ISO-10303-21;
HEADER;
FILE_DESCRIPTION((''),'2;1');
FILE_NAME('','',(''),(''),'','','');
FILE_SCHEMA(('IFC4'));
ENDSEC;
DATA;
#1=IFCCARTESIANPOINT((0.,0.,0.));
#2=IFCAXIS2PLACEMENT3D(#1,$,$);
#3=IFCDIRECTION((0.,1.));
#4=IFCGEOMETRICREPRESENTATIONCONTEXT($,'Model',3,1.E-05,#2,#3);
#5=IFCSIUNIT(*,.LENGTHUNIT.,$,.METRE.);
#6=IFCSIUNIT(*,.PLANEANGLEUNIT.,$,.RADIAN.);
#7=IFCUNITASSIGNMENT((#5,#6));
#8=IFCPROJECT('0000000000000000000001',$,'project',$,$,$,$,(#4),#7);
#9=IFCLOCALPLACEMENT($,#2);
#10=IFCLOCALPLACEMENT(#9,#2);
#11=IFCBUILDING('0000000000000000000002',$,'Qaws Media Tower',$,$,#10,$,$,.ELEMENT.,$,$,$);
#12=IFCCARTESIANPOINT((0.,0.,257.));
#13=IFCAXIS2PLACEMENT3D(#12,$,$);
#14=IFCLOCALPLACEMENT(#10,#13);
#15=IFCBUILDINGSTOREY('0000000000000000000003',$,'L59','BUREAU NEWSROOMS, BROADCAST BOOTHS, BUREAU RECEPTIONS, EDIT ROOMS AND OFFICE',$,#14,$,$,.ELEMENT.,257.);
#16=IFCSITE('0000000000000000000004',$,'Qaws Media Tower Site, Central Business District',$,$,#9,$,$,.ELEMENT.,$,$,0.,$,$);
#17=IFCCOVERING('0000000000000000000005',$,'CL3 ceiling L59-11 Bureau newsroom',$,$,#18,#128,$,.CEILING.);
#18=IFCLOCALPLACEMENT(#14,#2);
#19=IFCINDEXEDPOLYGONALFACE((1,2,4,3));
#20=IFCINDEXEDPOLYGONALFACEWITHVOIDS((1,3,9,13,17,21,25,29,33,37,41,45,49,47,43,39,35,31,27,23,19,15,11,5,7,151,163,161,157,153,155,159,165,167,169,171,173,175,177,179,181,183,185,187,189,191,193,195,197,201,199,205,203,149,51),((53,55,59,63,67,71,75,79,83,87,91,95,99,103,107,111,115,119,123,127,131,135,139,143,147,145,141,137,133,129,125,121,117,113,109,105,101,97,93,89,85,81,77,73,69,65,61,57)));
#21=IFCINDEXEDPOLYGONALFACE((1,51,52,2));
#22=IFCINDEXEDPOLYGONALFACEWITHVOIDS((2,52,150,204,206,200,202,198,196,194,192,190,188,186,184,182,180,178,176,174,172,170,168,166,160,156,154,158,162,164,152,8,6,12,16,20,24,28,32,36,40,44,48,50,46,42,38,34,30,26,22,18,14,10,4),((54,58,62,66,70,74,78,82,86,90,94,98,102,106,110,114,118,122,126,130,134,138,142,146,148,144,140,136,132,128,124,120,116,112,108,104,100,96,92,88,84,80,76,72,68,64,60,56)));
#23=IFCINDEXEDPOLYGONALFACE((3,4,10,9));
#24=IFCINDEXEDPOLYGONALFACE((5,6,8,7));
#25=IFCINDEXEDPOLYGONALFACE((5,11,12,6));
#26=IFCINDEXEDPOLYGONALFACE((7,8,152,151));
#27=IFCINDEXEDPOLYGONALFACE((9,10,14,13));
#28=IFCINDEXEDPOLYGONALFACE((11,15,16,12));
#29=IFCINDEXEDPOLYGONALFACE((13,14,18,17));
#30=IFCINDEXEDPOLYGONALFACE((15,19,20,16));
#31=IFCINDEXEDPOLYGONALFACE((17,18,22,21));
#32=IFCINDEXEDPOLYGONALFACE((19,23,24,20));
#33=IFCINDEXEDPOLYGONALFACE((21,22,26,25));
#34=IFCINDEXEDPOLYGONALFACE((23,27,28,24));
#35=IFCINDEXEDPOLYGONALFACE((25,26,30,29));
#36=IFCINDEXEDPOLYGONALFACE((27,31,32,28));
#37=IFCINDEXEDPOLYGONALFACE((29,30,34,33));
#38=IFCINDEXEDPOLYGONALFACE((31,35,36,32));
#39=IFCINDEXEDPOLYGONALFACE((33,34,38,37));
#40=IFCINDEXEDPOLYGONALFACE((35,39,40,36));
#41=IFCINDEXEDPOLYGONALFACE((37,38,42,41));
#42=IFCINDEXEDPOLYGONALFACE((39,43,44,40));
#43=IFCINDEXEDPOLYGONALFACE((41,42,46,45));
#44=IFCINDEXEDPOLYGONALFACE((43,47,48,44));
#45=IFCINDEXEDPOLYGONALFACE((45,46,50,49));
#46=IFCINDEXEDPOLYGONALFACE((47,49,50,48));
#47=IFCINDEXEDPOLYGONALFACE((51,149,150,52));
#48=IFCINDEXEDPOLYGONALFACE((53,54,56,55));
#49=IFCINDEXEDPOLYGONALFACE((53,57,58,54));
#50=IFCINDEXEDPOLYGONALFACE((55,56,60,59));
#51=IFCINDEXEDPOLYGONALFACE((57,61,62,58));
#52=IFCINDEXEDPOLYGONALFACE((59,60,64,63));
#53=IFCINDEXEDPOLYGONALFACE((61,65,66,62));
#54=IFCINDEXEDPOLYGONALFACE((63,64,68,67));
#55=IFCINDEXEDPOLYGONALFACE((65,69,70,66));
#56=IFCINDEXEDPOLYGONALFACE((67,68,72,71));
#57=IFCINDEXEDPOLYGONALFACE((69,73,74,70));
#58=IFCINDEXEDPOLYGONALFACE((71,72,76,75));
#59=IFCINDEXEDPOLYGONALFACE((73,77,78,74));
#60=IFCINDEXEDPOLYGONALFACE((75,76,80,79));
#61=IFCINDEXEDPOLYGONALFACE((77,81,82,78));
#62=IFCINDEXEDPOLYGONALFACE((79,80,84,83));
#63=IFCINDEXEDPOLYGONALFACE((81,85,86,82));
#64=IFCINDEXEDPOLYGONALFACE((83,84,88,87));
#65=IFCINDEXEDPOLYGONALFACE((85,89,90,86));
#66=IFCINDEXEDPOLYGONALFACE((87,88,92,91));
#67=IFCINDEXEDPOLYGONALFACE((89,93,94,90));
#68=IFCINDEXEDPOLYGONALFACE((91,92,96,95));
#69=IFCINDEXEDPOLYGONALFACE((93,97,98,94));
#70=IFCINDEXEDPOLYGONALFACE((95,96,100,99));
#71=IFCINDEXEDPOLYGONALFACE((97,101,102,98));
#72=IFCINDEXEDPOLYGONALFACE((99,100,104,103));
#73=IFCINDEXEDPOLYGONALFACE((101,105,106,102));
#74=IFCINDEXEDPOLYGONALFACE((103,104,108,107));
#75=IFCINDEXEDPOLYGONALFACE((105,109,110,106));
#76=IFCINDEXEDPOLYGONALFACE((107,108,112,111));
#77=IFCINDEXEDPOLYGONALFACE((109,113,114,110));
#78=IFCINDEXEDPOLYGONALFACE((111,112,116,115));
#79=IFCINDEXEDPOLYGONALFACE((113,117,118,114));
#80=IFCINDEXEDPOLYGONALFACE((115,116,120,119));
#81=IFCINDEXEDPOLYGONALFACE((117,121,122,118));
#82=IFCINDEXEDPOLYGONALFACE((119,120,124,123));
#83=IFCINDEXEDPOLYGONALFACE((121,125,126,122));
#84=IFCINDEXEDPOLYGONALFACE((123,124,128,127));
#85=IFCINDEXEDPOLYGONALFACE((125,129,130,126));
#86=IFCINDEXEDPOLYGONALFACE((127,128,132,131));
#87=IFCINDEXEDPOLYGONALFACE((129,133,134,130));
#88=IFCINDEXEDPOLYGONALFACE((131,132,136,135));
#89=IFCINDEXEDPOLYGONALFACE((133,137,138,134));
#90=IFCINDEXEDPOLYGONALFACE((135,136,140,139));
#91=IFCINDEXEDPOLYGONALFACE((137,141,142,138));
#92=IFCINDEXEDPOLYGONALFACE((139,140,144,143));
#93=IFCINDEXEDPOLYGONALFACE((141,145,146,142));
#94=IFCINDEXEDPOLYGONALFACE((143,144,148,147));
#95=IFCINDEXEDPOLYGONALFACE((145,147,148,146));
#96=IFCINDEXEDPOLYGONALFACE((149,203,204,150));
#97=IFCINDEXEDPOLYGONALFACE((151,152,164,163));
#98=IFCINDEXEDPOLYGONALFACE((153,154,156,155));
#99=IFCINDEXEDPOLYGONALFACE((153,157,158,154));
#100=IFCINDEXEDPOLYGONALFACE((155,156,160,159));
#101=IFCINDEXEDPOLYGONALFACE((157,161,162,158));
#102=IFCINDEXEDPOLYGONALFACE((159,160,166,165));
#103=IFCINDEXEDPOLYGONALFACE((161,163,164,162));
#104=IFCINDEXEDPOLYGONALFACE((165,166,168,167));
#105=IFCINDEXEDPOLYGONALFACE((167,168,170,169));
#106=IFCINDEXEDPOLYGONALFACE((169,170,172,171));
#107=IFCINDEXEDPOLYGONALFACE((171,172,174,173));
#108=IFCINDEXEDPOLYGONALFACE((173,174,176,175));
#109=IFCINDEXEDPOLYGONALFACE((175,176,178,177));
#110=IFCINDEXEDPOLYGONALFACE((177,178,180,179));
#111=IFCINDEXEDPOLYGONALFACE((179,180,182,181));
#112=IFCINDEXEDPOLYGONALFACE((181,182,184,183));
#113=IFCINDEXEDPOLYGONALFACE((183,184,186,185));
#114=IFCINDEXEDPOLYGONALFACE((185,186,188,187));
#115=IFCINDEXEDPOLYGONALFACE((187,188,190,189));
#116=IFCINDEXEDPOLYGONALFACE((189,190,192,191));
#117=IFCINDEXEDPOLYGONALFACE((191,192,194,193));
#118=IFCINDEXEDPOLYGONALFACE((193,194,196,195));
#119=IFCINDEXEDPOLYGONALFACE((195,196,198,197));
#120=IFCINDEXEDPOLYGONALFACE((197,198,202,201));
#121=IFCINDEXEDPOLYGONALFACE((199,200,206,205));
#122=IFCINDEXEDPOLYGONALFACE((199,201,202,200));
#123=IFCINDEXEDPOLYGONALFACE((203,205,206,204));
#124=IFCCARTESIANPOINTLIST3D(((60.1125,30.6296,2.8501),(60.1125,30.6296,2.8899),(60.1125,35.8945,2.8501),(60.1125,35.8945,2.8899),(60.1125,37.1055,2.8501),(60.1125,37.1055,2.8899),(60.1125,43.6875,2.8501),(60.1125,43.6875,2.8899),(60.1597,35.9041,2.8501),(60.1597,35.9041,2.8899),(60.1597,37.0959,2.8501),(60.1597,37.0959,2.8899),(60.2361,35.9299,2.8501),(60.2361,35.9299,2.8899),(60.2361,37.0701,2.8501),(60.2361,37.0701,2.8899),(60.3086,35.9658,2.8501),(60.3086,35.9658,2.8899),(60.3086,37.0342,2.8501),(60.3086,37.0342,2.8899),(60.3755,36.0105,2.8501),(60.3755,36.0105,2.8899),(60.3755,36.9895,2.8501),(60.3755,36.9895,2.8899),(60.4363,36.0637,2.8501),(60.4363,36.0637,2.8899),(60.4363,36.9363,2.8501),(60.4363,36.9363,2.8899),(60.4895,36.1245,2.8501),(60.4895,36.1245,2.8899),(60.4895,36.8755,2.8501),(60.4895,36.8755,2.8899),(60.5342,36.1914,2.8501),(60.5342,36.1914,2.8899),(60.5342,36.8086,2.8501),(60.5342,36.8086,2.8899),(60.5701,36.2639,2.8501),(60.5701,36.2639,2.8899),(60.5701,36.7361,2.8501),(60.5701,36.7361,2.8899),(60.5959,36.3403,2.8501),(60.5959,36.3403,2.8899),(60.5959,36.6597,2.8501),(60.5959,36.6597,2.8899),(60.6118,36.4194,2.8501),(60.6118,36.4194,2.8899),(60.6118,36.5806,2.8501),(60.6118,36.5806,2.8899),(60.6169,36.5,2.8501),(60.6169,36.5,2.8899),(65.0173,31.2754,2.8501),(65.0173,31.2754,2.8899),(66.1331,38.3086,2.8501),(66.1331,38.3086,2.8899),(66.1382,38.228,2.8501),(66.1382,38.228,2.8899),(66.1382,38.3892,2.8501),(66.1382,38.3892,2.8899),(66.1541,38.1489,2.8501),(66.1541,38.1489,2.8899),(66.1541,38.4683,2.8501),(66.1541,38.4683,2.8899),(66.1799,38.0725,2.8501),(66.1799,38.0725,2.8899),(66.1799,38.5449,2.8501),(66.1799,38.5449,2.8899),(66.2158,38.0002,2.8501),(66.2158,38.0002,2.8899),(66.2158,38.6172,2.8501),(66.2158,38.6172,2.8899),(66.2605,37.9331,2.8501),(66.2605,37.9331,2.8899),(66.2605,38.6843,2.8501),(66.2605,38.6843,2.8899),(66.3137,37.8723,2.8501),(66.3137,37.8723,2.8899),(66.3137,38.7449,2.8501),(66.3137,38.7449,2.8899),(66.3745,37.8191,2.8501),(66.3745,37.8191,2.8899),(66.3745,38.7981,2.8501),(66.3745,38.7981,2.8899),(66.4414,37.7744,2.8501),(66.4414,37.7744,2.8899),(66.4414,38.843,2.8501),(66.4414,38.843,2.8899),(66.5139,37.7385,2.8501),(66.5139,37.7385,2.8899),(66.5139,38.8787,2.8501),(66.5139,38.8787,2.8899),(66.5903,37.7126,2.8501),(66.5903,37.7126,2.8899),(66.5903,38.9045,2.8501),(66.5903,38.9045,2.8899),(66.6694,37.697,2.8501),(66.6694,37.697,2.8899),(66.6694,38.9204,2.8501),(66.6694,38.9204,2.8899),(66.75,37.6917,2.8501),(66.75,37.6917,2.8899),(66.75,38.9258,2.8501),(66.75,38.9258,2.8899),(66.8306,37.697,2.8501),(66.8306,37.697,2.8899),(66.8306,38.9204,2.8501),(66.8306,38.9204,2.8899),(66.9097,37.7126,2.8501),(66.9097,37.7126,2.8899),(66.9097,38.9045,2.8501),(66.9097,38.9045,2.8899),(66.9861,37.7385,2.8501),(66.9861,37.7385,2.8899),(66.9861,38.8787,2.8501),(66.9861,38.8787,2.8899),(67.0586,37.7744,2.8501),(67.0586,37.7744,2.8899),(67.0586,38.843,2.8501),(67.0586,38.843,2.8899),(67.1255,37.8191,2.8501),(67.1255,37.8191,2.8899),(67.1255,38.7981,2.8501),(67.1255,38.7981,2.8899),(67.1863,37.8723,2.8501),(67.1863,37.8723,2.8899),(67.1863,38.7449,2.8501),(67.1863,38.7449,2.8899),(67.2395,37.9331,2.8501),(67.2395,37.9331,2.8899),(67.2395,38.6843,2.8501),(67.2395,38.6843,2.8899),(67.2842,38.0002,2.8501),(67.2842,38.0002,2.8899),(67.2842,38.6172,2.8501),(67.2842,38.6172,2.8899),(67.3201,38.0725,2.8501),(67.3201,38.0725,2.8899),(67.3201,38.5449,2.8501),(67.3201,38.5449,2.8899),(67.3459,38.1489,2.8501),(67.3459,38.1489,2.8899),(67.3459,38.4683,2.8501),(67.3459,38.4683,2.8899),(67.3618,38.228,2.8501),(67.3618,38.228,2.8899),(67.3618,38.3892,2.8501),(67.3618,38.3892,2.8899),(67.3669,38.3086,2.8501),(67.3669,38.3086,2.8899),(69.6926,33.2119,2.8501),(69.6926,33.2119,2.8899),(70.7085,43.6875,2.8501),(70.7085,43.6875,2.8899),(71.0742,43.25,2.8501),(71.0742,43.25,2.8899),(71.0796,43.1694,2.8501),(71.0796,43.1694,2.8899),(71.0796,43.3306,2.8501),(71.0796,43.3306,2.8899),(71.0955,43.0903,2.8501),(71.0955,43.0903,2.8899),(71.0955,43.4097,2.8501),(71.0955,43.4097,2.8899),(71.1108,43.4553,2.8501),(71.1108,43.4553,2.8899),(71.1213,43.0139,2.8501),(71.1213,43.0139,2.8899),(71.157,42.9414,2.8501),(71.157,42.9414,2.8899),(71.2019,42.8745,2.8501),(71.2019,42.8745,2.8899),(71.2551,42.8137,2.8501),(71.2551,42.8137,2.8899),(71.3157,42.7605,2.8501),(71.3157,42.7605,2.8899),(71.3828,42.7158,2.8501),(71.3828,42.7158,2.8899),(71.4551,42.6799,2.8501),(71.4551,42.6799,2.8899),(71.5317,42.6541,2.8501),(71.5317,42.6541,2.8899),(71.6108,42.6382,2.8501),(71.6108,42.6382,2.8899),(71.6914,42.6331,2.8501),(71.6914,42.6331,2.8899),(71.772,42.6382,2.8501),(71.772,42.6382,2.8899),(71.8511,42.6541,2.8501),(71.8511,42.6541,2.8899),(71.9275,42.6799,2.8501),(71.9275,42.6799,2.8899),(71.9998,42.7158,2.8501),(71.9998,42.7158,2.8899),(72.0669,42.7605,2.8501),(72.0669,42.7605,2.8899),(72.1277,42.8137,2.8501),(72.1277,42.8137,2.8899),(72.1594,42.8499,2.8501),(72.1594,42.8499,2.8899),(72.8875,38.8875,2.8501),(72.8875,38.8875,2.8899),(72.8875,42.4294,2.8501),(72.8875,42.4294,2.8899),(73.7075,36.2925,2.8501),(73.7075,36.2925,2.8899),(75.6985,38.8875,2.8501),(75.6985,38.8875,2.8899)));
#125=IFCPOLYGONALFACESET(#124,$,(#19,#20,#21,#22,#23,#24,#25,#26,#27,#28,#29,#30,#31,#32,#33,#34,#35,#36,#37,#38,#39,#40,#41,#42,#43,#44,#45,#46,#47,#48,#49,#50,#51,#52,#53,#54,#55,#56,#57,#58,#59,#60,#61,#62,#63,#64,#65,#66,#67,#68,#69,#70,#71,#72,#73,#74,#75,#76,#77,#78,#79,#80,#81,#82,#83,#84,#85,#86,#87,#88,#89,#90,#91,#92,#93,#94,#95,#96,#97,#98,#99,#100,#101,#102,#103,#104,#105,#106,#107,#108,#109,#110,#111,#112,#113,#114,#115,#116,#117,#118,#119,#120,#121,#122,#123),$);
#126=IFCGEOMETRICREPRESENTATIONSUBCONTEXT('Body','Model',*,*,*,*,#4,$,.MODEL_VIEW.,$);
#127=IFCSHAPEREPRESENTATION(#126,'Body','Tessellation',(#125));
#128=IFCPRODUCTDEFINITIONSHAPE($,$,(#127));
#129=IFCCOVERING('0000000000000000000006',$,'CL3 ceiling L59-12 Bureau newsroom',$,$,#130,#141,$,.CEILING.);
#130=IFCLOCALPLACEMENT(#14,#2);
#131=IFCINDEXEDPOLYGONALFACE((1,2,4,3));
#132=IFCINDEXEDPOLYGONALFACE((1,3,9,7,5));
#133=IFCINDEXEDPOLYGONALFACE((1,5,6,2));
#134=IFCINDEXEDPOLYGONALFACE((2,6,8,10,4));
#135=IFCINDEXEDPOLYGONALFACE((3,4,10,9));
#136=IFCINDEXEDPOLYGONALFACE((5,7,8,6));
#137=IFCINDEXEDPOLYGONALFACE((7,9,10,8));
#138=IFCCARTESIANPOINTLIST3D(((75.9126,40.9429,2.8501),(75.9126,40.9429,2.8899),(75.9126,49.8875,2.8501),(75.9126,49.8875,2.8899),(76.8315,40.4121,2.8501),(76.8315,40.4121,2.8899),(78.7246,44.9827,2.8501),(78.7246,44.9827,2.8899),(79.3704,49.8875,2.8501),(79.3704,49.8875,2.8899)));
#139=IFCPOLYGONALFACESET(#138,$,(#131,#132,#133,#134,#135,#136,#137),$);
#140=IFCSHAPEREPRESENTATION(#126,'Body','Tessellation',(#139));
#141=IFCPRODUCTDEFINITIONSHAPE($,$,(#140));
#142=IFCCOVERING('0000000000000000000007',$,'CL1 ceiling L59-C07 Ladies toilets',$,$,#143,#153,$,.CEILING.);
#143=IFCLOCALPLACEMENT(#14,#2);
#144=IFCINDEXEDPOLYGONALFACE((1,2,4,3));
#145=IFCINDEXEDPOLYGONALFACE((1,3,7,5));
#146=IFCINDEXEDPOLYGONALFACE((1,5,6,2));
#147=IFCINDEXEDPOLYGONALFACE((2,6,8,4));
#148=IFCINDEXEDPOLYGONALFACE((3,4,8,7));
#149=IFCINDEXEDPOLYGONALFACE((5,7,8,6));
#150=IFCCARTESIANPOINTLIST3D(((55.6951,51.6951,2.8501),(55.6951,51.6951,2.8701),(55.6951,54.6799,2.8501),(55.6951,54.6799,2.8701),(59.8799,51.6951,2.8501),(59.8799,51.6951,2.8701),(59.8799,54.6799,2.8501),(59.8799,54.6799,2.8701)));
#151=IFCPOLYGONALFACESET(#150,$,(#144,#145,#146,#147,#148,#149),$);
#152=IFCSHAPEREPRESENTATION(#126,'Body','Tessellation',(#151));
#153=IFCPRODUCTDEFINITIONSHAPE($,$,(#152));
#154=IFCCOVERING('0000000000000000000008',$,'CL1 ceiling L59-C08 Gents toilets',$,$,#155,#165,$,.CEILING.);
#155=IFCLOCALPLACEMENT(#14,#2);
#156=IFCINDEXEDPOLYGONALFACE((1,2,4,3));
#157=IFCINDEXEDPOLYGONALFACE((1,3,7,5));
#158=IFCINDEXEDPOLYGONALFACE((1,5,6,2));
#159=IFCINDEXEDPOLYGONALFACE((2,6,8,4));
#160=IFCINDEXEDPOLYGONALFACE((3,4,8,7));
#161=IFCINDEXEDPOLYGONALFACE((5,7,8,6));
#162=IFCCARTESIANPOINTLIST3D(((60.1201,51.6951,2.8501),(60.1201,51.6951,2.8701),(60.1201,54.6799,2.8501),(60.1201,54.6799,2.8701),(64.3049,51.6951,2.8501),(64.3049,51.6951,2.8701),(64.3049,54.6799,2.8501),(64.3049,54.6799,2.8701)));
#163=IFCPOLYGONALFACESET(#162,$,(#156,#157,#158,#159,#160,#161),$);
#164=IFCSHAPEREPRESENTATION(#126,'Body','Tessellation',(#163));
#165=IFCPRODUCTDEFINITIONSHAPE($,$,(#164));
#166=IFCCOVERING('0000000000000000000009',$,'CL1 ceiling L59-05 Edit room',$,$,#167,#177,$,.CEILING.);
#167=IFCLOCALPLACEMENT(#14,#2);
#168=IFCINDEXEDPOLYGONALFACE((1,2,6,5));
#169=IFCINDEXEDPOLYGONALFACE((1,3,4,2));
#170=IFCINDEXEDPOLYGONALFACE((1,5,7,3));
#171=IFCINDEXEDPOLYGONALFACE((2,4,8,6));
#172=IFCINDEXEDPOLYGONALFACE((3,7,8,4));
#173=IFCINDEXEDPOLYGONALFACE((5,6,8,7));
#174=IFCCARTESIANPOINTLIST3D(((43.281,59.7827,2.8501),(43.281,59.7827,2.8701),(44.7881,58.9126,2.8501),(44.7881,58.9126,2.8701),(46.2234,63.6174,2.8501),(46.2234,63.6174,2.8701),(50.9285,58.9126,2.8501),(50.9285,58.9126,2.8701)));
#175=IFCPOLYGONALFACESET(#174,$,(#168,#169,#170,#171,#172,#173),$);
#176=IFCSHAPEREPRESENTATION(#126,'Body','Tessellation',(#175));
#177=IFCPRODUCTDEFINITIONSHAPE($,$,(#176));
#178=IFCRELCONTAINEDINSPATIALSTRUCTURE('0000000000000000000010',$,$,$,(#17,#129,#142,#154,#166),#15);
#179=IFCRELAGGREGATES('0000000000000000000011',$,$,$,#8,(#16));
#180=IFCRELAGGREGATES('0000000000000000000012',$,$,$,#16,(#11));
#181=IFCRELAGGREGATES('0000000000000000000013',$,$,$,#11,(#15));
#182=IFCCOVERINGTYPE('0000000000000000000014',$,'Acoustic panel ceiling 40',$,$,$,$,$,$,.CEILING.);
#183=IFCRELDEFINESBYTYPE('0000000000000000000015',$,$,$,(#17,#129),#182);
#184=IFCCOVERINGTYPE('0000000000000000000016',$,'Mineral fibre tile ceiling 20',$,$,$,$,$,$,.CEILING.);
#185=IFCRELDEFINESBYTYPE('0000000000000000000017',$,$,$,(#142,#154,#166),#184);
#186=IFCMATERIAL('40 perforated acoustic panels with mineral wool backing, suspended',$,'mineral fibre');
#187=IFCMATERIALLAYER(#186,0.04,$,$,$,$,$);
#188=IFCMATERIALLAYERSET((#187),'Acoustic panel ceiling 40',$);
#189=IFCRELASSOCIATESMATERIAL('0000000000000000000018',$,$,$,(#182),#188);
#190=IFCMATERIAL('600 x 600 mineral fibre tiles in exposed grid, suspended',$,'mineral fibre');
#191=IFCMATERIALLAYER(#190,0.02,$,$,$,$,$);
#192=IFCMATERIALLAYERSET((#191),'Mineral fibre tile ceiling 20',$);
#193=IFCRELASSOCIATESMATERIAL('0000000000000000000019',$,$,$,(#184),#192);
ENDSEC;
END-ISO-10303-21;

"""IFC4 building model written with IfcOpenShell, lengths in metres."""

from ifc_helpers import new_model, si_unit, direction, frame, origin, place, context, subcontext, project, spatial, polyline, outline, extrude, material, layer, layer_set, type_object, element, save


model = new_model("IFC4")

# Units and contexts
model_context = context("Model", 3, precision=1e-05, world=origin(), true_north=direction((0.0, 1.0)))
body_context = subcontext(model_context, "Body", "Model", "MODEL_VIEW")
ifc_project = project(units=[si_unit("LENGTHUNIT", "METRE"), si_unit("PLANEANGLEUNIT", "RADIAN")], contexts=[model_context])

# Site, building, storey
site_placement = place(None, origin())
site = spatial("IfcSite", under=ifc_project, at=site_placement, Name="Qaws Media Tower Site, Central Business District", CompositionType="ELEMENT", RefElevation=0.0)
building_placement = place(site_placement, origin())
building = spatial("IfcBuilding", under=site, at=building_placement, Name="Qaws Media Tower", CompositionType="ELEMENT")
storey_placement = place(building_placement, frame((0.0, 0.0, 257.0)))
storey = spatial("IfcBuildingStorey", under=building, at=storey_placement, Name="L59", Description="BUREAU NEWSROOMS, BROADCAST BOOTHS, BUREAU RECEPTIONS, EDIT ROOMS AND OFFICE", CompositionType="ELEMENT", Elevation=257.0)

# Coverings
ifc_material_1 = material(Name="40 perforated acoustic panels with mineral wool backing, suspended", Category="mineral fibre")
ifc_layer_1 = layer(ifc_material_1, 0.04)
ifc_layer_set_1 = layer_set([ifc_layer_1], Name="Acoustic panel ceiling 40")
covering_type_1 = type_object("IfcCoveringType", Name="Acoustic panel ceiling 40", PredefinedType="CEILING", material=ifc_layer_set_1)
covering_1_placement = place(storey_placement, frame((0.0, 0.0, 2.8501)))
element("IfcCovering", 1, at=covering_1_placement, inside=storey, type_object=covering_type_1, Name="CL3 ceiling L59-11 Bureau newsroom", PredefinedType="CEILING", context=body_context, shape_type="SweptSolid", body=[
    extrude(outline(polyline([(72.8875, 38.8875), (75.6985, 38.8875), (73.7075, 36.2925), (69.6926, 33.2119), (65.0173, 31.2754), (60.1125, 30.6296), (60.1125, 35.8945), (60.1597, 35.9041), (60.2361, 35.9299), (60.3086, 35.9658), (60.3755, 36.0105), (60.4363, 36.0637), (60.4895, 36.1245), (60.5342, 36.1914), (60.5701, 36.2639), (60.5959, 36.3403), (60.6118, 36.4194), (60.6169, 36.5), (60.6118, 36.5806), (60.5959, 36.6597), (60.5701, 36.7361), (60.5342, 36.8086), (60.4895, 36.8755), (60.4363, 36.9363), (60.3755, 36.9895), (60.3086, 37.0342), (60.2361, 37.0701), (60.1597, 37.0959), (60.1125, 37.1055), (60.1125, 43.6875), (70.7085, 43.6875), (71.1108, 43.4553), (71.0955, 43.4097), (71.0796, 43.3306), (71.0742, 43.25), (71.0796, 43.1694), (71.0955, 43.0903), (71.1213, 43.0139), (71.157, 42.9414), (71.2019, 42.8745), (71.2551, 42.8137), (71.3157, 42.7605), (71.3828, 42.7158), (71.4551, 42.6799), (71.5317, 42.6541), (71.6108, 42.6382), (71.6914, 42.6331), (71.772, 42.6382), (71.8511, 42.6541), (71.9275, 42.6799), (71.9998, 42.7158), (72.0669, 42.7605), (72.1277, 42.8137), (72.1594, 42.8499), (72.8875, 42.4294), (72.8875, 38.8875)]), holes=[polyline([(67.3201, 38.0725), (67.3459, 38.1489), (67.3618, 38.228), (67.3669, 38.3086), (67.3618, 38.3892), (67.3459, 38.4683), (67.3201, 38.5449), (67.2842, 38.6172), (67.2395, 38.6843), (67.1863, 38.7449), (67.1255, 38.7981), (67.0586, 38.843), (66.9861, 38.8787), (66.9097, 38.9045), (66.8306, 38.9204), (66.75, 38.9258), (66.6694, 38.9204), (66.5903, 38.9045), (66.5139, 38.8787), (66.4414, 38.843), (66.3745, 38.7981), (66.3137, 38.7449), (66.2605, 38.6843), (66.2158, 38.6172), (66.1799, 38.5449), (66.1541, 38.4683), (66.1382, 38.3892), (66.1331, 38.3086), (66.1382, 38.228), (66.1541, 38.1489), (66.1799, 38.0725), (66.2158, 38.0002), (66.2605, 37.9331), (66.3137, 37.8723), (66.3745, 37.8191), (66.4414, 37.7744), (66.5139, 37.7385), (66.5903, 37.7126), (66.6694, 37.697), (66.75, 37.6917), (66.8306, 37.697), (66.9097, 37.7126), (66.9861, 37.7385), (67.0586, 37.7744), (67.1255, 37.8191), (67.1863, 37.8723), (67.2395, 37.9331), (67.2842, 38.0002), (67.3201, 38.0725)])]), origin(), (0.0, 0.0, 1.0), 0.0398),
])
covering_2_placement = place(storey_placement, frame((0.0, 0.0, 2.8501)))
element("IfcCovering", 2, at=covering_2_placement, inside=storey, type_object=covering_type_1, Name="CL3 ceiling L59-12 Bureau newsroom", PredefinedType="CEILING", context=body_context, shape_type="SweptSolid", body=[
    extrude(outline(polyline([(78.7246, 44.9827), (76.8315, 40.4121), (75.9126, 40.9429), (75.9126, 49.8875), (79.3704, 49.8875), (78.7246, 44.9827)])), origin(), (0.0, 0.0, 1.0), 0.0398),
])
ifc_material_2 = material(Name="600 x 600 mineral fibre tiles in exposed grid, suspended", Category="mineral fibre")
ifc_layer_2 = layer(ifc_material_2, 0.02)
ifc_layer_set_2 = layer_set([ifc_layer_2], Name="Mineral fibre tile ceiling 20")
covering_type_2 = type_object("IfcCoveringType", Name="Mineral fibre tile ceiling 20", PredefinedType="CEILING", material=ifc_layer_set_2)
covering_3_placement = place(storey_placement, frame((0.0, 0.0, 2.8501)))
element("IfcCovering", 3, at=covering_3_placement, inside=storey, type_object=covering_type_2, Name="CL1 ceiling L59-C07 Ladies toilets", PredefinedType="CEILING", context=body_context, shape_type="SweptSolid", body=[
    extrude(outline(polyline([(55.6951, 51.6951), (55.6951, 54.6799), (59.8799, 54.6799), (59.8799, 51.6951), (55.6951, 51.6951)])), origin(), (0.0, 0.0, 1.0), 0.02),
])
covering_4_placement = place(storey_placement, frame((0.0, 0.0, 2.8501)))
element("IfcCovering", 4, at=covering_4_placement, inside=storey, type_object=covering_type_2, Name="CL1 ceiling L59-C08 Gents toilets", PredefinedType="CEILING", context=body_context, shape_type="SweptSolid", body=[
    extrude(outline(polyline([(60.1201, 51.6951), (60.1201, 54.6799), (64.3049, 54.6799), (64.3049, 51.6951), (60.1201, 51.6951)])), origin(), (0.0, 0.0, 1.0), 0.02),
])
covering_5_placement = place(storey_placement, frame((0.0, 0.0, 2.8501)))
element("IfcCovering", 5, at=covering_5_placement, inside=storey, type_object=covering_type_2, Name="CL1 ceiling L59-05 Edit room", PredefinedType="CEILING", context=body_context, shape_type="SweptSolid", body=[
    extrude(outline(polyline([(46.2234, 63.6174), (50.9285, 58.9126), (44.7881, 58.9126), (43.281, 59.7827), (46.2234, 63.6174)])), origin(), (0.0, 0.0, 1.0), 0.02),
])

save(model, "model.ifc")
